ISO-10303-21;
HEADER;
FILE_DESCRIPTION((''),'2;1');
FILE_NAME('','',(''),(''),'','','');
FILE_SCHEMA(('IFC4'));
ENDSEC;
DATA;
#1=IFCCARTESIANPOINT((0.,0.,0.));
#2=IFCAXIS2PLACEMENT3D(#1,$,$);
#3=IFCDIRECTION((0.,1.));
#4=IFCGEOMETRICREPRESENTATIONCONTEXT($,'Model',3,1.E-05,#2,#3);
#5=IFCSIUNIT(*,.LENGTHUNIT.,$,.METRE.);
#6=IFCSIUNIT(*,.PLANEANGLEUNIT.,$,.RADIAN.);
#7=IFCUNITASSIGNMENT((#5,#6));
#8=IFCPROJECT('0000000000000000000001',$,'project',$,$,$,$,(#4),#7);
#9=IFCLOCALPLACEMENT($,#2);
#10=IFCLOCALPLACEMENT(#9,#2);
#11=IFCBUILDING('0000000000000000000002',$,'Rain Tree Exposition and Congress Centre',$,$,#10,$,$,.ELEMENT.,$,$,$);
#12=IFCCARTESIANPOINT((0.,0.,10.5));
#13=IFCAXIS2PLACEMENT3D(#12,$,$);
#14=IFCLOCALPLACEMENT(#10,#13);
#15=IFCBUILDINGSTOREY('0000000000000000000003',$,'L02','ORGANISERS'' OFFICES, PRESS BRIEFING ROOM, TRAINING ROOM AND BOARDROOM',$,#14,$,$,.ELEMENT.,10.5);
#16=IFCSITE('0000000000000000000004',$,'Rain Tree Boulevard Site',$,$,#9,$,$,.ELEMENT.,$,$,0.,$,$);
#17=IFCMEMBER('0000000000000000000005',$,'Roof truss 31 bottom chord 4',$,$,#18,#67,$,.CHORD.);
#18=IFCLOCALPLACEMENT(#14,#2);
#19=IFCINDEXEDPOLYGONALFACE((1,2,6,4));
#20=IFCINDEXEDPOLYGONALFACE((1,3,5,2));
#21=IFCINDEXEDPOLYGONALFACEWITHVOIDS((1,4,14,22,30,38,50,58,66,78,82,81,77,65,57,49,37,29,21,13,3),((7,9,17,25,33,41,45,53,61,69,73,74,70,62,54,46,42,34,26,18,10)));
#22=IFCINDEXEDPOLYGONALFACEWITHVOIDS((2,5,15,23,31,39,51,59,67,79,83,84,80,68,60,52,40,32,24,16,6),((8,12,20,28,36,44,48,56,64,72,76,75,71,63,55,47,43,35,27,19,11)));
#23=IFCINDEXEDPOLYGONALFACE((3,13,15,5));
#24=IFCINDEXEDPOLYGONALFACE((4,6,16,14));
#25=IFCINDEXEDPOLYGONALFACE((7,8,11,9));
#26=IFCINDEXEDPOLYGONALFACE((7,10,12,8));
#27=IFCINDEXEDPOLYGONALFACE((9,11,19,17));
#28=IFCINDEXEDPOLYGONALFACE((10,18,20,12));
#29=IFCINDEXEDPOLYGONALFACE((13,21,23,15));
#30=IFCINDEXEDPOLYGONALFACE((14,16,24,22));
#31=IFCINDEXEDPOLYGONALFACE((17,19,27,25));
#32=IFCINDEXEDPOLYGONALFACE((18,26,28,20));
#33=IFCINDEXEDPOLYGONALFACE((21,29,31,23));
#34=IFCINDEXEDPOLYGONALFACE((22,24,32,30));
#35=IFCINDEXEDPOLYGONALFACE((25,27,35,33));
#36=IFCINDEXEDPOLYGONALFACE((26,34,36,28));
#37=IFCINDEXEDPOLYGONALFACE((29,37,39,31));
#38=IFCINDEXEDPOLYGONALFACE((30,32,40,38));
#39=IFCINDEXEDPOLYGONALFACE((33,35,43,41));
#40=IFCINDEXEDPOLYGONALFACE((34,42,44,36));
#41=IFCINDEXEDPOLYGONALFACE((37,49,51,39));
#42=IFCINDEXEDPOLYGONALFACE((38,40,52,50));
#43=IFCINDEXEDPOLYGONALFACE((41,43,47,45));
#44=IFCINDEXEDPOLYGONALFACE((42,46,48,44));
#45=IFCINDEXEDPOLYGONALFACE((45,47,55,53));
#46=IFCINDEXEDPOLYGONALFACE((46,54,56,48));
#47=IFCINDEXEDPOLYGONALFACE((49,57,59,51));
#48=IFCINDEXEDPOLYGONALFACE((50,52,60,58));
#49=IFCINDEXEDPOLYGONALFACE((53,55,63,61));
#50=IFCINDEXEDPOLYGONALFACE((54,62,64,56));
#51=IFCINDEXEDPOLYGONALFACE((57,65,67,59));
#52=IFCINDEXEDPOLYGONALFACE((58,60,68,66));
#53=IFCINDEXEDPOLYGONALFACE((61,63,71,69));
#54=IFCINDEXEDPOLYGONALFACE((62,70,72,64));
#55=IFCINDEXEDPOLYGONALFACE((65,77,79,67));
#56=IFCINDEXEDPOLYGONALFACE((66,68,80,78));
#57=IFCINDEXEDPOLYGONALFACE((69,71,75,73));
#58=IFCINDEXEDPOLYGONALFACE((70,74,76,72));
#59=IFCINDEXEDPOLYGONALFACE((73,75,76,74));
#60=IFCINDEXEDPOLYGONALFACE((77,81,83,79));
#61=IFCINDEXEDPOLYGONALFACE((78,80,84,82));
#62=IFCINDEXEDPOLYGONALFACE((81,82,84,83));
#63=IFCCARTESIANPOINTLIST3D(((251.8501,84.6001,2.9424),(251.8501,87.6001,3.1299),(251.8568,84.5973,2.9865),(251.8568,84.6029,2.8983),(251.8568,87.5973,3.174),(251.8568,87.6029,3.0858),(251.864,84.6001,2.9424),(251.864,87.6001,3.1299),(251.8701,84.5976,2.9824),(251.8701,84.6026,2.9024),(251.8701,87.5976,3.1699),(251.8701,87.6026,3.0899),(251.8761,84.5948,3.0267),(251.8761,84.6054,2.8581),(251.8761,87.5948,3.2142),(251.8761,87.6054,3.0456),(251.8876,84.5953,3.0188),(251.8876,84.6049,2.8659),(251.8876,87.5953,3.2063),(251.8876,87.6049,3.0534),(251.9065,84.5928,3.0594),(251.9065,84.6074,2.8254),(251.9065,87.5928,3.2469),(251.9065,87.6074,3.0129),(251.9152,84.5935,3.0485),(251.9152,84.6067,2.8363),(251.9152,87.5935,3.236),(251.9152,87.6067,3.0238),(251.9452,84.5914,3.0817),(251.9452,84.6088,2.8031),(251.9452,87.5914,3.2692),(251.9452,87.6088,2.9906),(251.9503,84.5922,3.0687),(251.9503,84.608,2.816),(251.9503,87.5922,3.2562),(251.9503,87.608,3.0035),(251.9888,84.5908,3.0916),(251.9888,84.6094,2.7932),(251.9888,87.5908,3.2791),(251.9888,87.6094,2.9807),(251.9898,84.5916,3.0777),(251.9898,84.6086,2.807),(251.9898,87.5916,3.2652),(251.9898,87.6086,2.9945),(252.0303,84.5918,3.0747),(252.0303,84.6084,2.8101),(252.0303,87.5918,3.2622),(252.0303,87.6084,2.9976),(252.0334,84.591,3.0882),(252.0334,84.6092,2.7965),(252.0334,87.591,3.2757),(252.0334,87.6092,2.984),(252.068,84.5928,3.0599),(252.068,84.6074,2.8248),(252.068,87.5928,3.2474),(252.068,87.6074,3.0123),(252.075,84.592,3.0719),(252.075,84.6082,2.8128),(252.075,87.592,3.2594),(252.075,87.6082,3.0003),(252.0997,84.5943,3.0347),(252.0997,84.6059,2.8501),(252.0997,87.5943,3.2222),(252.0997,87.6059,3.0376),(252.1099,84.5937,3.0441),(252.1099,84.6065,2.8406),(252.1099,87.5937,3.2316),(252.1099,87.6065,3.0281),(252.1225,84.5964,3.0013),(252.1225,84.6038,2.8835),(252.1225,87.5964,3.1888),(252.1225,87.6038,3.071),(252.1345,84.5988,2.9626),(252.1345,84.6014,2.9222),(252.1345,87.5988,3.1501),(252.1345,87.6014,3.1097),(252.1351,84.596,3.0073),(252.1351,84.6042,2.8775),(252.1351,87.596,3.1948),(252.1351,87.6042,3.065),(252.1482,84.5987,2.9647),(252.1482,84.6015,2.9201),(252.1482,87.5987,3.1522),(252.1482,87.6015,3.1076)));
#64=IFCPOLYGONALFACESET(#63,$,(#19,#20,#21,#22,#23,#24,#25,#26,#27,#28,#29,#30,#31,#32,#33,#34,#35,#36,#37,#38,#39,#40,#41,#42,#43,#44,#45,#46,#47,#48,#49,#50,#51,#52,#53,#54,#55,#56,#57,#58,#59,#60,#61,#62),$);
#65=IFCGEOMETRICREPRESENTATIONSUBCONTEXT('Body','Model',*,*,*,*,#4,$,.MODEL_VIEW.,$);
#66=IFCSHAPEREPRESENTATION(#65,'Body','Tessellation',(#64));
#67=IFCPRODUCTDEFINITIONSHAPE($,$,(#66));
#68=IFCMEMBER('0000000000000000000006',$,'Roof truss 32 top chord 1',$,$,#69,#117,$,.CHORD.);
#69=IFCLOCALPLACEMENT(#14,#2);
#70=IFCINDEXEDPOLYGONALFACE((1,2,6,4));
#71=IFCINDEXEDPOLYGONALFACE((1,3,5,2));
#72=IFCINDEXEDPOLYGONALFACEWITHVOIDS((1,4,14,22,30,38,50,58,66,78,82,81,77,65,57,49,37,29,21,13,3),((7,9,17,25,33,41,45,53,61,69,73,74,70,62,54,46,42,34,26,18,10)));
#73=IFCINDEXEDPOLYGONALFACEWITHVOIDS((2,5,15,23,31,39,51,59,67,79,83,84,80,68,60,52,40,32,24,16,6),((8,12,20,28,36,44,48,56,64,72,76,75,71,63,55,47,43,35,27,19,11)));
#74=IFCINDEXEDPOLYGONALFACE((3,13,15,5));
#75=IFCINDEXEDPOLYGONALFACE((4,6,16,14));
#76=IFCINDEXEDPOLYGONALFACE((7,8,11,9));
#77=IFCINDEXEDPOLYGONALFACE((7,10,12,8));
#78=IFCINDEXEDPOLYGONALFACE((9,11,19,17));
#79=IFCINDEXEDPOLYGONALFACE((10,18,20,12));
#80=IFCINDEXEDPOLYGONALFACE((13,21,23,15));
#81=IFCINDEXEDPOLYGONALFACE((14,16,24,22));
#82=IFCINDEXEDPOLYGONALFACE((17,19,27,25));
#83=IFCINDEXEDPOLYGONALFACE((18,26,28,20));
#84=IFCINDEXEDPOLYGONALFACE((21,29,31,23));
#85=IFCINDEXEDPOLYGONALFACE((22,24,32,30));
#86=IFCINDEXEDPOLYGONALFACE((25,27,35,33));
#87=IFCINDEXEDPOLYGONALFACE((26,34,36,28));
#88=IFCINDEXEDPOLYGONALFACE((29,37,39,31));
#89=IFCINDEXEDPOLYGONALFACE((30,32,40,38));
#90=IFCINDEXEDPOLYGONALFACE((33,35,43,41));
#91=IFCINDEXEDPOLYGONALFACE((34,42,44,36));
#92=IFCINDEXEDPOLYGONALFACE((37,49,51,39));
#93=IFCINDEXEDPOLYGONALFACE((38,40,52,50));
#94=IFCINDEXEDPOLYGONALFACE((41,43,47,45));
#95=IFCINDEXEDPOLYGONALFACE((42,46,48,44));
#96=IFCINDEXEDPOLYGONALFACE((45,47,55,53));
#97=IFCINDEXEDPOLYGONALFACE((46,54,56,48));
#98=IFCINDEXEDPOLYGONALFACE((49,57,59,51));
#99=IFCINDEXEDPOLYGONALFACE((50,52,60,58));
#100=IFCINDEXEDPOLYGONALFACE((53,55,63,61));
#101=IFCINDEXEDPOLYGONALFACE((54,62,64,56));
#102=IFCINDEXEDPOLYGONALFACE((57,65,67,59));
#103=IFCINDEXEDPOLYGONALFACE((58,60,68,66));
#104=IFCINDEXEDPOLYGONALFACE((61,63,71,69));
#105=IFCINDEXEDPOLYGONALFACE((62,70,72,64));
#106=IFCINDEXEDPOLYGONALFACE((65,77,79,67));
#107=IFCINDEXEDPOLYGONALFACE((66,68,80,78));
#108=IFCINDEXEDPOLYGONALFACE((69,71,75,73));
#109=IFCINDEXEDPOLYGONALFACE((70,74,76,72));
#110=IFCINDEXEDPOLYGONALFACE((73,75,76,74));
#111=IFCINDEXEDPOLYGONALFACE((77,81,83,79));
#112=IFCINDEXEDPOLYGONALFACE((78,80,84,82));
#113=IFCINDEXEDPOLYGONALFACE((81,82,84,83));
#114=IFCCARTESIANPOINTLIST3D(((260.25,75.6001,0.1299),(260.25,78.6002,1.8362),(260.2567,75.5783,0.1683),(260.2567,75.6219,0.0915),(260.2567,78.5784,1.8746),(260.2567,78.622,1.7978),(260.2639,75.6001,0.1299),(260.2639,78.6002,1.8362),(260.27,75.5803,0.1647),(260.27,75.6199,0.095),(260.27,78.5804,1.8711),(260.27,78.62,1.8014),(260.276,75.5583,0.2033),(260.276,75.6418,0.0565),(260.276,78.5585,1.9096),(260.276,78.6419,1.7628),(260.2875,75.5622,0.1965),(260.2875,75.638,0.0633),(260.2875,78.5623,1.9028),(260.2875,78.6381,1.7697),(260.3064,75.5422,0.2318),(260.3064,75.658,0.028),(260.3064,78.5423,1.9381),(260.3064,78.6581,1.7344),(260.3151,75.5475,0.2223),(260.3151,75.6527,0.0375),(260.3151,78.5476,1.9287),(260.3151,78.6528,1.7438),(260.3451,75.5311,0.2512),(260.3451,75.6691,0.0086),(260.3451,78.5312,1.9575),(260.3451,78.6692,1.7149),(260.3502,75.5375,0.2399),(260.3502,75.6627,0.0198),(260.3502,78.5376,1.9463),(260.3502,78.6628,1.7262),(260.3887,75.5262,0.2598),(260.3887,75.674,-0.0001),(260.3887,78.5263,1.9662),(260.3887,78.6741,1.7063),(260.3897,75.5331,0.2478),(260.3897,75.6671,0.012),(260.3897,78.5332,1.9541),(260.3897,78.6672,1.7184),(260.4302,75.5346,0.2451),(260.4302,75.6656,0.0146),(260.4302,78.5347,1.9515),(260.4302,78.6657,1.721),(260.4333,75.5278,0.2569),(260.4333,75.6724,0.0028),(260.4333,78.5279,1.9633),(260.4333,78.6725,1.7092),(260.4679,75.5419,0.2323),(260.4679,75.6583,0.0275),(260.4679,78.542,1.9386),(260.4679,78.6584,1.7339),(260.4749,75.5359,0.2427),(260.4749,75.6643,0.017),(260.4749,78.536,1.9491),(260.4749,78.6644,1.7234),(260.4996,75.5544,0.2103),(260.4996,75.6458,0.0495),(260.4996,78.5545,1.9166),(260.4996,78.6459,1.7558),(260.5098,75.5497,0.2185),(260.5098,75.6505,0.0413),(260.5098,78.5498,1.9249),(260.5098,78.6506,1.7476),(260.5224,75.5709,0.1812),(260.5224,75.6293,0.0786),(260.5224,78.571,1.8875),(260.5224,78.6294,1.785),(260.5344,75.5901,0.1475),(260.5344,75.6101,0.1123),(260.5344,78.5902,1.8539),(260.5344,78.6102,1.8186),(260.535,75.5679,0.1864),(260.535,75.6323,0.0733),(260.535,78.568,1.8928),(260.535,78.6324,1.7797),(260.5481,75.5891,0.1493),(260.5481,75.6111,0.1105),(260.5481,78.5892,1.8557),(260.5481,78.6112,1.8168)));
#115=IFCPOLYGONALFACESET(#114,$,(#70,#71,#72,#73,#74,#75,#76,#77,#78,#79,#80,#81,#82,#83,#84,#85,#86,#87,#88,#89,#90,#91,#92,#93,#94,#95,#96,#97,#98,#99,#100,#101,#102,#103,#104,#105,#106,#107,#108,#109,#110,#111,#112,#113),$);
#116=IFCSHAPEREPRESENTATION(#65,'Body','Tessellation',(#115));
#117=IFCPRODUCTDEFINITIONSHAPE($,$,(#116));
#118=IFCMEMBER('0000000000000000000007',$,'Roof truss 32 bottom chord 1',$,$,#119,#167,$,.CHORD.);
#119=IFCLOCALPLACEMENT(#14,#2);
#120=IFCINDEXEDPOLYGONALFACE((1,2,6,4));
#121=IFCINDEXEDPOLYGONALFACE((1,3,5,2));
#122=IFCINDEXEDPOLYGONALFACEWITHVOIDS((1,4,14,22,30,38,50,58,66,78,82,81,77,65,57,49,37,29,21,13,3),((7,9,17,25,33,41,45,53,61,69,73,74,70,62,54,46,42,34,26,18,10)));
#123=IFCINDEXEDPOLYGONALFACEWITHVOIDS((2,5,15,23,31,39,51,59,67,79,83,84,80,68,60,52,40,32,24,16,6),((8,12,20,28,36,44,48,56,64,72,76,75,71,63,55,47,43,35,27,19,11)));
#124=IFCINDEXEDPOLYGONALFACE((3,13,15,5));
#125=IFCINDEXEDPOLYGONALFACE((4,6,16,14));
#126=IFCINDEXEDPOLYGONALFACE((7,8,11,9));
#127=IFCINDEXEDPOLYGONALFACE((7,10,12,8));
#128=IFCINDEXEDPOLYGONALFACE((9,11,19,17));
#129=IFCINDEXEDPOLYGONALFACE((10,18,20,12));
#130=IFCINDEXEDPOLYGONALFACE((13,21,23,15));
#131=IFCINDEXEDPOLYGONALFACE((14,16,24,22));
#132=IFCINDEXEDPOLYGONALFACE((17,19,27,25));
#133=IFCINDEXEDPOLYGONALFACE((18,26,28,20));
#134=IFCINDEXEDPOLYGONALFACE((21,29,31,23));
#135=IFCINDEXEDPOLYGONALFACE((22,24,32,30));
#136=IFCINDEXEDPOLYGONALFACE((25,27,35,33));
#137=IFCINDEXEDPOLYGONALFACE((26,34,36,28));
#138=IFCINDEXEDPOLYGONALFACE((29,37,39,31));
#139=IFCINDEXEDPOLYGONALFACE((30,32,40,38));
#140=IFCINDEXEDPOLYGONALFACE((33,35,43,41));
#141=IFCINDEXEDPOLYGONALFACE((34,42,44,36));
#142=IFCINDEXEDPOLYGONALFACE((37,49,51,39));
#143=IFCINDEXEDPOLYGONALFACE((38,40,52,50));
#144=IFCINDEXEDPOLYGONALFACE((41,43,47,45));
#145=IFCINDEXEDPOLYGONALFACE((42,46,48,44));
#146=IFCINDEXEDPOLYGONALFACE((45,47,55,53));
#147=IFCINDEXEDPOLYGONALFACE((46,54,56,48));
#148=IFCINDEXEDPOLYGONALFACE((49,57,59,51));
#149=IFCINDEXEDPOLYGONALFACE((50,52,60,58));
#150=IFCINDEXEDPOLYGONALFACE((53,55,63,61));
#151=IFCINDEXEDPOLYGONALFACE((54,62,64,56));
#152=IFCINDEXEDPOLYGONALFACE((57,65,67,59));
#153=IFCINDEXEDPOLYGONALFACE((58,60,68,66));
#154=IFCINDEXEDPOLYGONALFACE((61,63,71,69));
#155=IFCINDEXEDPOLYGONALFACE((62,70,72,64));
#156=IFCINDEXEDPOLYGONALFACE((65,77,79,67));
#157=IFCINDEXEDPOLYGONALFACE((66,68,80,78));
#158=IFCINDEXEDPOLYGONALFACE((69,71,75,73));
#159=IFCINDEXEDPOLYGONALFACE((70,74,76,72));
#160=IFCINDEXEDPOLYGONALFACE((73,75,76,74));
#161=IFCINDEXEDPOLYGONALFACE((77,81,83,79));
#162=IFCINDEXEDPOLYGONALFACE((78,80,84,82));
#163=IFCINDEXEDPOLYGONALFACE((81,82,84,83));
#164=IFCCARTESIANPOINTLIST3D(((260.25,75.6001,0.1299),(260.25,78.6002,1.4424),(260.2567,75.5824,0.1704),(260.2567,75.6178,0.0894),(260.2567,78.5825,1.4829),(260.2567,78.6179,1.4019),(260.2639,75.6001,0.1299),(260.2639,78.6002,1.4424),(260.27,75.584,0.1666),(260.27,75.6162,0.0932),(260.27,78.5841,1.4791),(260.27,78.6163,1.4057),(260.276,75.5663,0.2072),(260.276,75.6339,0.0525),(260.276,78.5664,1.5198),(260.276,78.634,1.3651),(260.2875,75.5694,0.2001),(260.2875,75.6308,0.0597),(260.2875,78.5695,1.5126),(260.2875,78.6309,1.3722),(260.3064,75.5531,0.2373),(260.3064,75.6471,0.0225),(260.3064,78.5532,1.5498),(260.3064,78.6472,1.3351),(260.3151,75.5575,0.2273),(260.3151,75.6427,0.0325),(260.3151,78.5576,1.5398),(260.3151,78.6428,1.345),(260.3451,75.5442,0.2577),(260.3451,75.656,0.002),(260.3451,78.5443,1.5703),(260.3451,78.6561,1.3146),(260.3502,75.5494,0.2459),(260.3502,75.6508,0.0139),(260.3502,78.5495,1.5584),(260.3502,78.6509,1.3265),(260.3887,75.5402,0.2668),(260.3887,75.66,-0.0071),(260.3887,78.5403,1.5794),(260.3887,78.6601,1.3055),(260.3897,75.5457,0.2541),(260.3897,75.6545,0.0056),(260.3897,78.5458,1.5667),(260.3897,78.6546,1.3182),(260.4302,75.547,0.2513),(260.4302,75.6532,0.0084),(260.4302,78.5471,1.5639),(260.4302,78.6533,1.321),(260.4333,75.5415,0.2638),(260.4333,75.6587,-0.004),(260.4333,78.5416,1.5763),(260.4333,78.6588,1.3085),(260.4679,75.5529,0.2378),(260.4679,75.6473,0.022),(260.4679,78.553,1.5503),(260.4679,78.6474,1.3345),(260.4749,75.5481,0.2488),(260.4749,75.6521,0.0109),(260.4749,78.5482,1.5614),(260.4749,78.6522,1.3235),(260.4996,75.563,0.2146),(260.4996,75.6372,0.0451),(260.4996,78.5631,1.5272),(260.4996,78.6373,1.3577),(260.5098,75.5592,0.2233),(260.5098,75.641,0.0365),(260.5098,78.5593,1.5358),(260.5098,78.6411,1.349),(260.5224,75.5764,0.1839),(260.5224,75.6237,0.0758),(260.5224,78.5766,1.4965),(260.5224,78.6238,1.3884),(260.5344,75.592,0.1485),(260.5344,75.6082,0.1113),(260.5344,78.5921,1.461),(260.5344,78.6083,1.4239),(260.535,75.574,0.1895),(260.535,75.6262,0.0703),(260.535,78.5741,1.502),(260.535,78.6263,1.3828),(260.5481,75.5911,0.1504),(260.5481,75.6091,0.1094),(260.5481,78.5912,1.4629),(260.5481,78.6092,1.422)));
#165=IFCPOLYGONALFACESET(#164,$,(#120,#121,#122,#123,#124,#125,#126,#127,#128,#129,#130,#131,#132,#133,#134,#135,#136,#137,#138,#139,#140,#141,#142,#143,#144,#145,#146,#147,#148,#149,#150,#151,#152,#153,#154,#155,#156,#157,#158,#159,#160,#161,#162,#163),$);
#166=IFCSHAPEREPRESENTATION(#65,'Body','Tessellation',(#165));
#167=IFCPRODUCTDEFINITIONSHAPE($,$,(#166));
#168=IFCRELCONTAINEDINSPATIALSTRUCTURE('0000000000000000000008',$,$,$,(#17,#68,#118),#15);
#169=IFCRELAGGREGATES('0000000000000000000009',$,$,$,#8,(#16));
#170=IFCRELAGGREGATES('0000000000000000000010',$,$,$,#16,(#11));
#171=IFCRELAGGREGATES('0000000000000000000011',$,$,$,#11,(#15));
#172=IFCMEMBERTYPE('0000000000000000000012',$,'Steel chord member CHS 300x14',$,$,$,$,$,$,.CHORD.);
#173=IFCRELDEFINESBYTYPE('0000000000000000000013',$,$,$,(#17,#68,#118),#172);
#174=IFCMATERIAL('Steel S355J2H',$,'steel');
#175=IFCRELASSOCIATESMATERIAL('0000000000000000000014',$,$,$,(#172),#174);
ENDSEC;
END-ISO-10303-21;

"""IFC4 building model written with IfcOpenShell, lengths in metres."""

from ifc_helpers import new_model, si_unit, direction, frame, origin, origin_2d, place, context, subcontext, project, spatial, hollow_circle, extrude, material, material_profile, profile_set, type_object, element, save


model = new_model("IFC4")

# Units and contexts
model_context = context("Model", 3, precision=1e-05, world=origin(), true_north=direction((0.0, 1.0)))
body_context = subcontext(model_context, "Body", "Model", "MODEL_VIEW")
ifc_project = project(units=[si_unit("LENGTHUNIT", "METRE"), si_unit("PLANEANGLEUNIT", "RADIAN")], contexts=[model_context])

# Site, building, storey
site_placement = place(None, origin())
site = spatial("IfcSite", under=ifc_project, at=site_placement, Name="Rain Tree Boulevard Site", CompositionType="ELEMENT", RefElevation=0.0)
building_placement = place(site_placement, origin())
building = spatial("IfcBuilding", under=site, at=building_placement, Name="Rain Tree Exposition and Congress Centre", CompositionType="ELEMENT")
storey_placement = place(building_placement, frame((0.0, 0.0, 10.5)))
storey = spatial("IfcBuildingStorey", under=building, at=storey_placement, Name="L02", Description="ORGANISERS' OFFICES, PRESS BRIEFING ROOM, TRAINING ROOM AND BOARDROOM", CompositionType="ELEMENT", Elevation=10.5)

# Members
ifc_material_1 = material(Name="Steel S355J2H", Category="steel")
ifc_material_profile_1 = material_profile(ifc_material_1, hollow_circle(Radius=0.1499, WallThickness=0.0139, at=origin_2d()), Name="CHS 300x14")
ifc_profile_set_1 = profile_set([ifc_material_profile_1], Name="Steel S355J2H")
member_type_1 = type_object("IfcMemberType", Name="Steel chord member CHS 300x14", PredefinedType="CHORD", material=ifc_profile_set_1)
member_1_placement = place(storey_placement, frame((252.0, 84.6001, 2.9424), z_axis=(0.0, 0.998053, 0.062378), x_axis=(-1.0, 0.0, 0.0)))
element("IfcMember", 1, at=member_1_placement, inside=storey, type_object=member_type_1, Name="Roof truss 31 bottom chord 4", PredefinedType="CHORD", context=body_context, shape_type="SweptSolid", body=[
    extrude(hollow_circle(Radius=0.1499, WallThickness=0.0139, at=origin_2d()), origin(), (0.0, 0.0, 1.0), 3.0059),
])
member_2_placement = place(storey_placement, frame((260.3999, 75.6001, 0.1299), z_axis=(0.0, 0.869238, 0.494393), x_axis=(-1.0, 0.0, 0.0)))
element("IfcMember", 2, at=member_2_placement, inside=storey, type_object=member_type_1, Name="Roof truss 32 top chord 1", PredefinedType="CHORD", context=body_context, shape_type="SweptSolid", body=[
    extrude(hollow_circle(Radius=0.1499, WallThickness=0.0139, at=origin_2d()), origin(), (0.0, 0.0, 1.0), 3.4514),
])
member_3_placement = place(storey_placement, frame((260.3999, 75.6001, 0.1299), z_axis=(0.0, 0.916157, 0.400819), x_axis=(-1.0, 0.0, 0.0)))
element("IfcMember", 3, at=member_3_placement, inside=storey, type_object=member_type_1, Name="Roof truss 32 bottom chord 1", PredefinedType="CHORD", context=body_context, shape_type="SweptSolid", body=[
    extrude(hollow_circle(Radius=0.1499, WallThickness=0.0139, at=origin_2d()), origin(), (0.0, 0.0, 1.0), 3.2747),
])

save(model, "model.ifc")
